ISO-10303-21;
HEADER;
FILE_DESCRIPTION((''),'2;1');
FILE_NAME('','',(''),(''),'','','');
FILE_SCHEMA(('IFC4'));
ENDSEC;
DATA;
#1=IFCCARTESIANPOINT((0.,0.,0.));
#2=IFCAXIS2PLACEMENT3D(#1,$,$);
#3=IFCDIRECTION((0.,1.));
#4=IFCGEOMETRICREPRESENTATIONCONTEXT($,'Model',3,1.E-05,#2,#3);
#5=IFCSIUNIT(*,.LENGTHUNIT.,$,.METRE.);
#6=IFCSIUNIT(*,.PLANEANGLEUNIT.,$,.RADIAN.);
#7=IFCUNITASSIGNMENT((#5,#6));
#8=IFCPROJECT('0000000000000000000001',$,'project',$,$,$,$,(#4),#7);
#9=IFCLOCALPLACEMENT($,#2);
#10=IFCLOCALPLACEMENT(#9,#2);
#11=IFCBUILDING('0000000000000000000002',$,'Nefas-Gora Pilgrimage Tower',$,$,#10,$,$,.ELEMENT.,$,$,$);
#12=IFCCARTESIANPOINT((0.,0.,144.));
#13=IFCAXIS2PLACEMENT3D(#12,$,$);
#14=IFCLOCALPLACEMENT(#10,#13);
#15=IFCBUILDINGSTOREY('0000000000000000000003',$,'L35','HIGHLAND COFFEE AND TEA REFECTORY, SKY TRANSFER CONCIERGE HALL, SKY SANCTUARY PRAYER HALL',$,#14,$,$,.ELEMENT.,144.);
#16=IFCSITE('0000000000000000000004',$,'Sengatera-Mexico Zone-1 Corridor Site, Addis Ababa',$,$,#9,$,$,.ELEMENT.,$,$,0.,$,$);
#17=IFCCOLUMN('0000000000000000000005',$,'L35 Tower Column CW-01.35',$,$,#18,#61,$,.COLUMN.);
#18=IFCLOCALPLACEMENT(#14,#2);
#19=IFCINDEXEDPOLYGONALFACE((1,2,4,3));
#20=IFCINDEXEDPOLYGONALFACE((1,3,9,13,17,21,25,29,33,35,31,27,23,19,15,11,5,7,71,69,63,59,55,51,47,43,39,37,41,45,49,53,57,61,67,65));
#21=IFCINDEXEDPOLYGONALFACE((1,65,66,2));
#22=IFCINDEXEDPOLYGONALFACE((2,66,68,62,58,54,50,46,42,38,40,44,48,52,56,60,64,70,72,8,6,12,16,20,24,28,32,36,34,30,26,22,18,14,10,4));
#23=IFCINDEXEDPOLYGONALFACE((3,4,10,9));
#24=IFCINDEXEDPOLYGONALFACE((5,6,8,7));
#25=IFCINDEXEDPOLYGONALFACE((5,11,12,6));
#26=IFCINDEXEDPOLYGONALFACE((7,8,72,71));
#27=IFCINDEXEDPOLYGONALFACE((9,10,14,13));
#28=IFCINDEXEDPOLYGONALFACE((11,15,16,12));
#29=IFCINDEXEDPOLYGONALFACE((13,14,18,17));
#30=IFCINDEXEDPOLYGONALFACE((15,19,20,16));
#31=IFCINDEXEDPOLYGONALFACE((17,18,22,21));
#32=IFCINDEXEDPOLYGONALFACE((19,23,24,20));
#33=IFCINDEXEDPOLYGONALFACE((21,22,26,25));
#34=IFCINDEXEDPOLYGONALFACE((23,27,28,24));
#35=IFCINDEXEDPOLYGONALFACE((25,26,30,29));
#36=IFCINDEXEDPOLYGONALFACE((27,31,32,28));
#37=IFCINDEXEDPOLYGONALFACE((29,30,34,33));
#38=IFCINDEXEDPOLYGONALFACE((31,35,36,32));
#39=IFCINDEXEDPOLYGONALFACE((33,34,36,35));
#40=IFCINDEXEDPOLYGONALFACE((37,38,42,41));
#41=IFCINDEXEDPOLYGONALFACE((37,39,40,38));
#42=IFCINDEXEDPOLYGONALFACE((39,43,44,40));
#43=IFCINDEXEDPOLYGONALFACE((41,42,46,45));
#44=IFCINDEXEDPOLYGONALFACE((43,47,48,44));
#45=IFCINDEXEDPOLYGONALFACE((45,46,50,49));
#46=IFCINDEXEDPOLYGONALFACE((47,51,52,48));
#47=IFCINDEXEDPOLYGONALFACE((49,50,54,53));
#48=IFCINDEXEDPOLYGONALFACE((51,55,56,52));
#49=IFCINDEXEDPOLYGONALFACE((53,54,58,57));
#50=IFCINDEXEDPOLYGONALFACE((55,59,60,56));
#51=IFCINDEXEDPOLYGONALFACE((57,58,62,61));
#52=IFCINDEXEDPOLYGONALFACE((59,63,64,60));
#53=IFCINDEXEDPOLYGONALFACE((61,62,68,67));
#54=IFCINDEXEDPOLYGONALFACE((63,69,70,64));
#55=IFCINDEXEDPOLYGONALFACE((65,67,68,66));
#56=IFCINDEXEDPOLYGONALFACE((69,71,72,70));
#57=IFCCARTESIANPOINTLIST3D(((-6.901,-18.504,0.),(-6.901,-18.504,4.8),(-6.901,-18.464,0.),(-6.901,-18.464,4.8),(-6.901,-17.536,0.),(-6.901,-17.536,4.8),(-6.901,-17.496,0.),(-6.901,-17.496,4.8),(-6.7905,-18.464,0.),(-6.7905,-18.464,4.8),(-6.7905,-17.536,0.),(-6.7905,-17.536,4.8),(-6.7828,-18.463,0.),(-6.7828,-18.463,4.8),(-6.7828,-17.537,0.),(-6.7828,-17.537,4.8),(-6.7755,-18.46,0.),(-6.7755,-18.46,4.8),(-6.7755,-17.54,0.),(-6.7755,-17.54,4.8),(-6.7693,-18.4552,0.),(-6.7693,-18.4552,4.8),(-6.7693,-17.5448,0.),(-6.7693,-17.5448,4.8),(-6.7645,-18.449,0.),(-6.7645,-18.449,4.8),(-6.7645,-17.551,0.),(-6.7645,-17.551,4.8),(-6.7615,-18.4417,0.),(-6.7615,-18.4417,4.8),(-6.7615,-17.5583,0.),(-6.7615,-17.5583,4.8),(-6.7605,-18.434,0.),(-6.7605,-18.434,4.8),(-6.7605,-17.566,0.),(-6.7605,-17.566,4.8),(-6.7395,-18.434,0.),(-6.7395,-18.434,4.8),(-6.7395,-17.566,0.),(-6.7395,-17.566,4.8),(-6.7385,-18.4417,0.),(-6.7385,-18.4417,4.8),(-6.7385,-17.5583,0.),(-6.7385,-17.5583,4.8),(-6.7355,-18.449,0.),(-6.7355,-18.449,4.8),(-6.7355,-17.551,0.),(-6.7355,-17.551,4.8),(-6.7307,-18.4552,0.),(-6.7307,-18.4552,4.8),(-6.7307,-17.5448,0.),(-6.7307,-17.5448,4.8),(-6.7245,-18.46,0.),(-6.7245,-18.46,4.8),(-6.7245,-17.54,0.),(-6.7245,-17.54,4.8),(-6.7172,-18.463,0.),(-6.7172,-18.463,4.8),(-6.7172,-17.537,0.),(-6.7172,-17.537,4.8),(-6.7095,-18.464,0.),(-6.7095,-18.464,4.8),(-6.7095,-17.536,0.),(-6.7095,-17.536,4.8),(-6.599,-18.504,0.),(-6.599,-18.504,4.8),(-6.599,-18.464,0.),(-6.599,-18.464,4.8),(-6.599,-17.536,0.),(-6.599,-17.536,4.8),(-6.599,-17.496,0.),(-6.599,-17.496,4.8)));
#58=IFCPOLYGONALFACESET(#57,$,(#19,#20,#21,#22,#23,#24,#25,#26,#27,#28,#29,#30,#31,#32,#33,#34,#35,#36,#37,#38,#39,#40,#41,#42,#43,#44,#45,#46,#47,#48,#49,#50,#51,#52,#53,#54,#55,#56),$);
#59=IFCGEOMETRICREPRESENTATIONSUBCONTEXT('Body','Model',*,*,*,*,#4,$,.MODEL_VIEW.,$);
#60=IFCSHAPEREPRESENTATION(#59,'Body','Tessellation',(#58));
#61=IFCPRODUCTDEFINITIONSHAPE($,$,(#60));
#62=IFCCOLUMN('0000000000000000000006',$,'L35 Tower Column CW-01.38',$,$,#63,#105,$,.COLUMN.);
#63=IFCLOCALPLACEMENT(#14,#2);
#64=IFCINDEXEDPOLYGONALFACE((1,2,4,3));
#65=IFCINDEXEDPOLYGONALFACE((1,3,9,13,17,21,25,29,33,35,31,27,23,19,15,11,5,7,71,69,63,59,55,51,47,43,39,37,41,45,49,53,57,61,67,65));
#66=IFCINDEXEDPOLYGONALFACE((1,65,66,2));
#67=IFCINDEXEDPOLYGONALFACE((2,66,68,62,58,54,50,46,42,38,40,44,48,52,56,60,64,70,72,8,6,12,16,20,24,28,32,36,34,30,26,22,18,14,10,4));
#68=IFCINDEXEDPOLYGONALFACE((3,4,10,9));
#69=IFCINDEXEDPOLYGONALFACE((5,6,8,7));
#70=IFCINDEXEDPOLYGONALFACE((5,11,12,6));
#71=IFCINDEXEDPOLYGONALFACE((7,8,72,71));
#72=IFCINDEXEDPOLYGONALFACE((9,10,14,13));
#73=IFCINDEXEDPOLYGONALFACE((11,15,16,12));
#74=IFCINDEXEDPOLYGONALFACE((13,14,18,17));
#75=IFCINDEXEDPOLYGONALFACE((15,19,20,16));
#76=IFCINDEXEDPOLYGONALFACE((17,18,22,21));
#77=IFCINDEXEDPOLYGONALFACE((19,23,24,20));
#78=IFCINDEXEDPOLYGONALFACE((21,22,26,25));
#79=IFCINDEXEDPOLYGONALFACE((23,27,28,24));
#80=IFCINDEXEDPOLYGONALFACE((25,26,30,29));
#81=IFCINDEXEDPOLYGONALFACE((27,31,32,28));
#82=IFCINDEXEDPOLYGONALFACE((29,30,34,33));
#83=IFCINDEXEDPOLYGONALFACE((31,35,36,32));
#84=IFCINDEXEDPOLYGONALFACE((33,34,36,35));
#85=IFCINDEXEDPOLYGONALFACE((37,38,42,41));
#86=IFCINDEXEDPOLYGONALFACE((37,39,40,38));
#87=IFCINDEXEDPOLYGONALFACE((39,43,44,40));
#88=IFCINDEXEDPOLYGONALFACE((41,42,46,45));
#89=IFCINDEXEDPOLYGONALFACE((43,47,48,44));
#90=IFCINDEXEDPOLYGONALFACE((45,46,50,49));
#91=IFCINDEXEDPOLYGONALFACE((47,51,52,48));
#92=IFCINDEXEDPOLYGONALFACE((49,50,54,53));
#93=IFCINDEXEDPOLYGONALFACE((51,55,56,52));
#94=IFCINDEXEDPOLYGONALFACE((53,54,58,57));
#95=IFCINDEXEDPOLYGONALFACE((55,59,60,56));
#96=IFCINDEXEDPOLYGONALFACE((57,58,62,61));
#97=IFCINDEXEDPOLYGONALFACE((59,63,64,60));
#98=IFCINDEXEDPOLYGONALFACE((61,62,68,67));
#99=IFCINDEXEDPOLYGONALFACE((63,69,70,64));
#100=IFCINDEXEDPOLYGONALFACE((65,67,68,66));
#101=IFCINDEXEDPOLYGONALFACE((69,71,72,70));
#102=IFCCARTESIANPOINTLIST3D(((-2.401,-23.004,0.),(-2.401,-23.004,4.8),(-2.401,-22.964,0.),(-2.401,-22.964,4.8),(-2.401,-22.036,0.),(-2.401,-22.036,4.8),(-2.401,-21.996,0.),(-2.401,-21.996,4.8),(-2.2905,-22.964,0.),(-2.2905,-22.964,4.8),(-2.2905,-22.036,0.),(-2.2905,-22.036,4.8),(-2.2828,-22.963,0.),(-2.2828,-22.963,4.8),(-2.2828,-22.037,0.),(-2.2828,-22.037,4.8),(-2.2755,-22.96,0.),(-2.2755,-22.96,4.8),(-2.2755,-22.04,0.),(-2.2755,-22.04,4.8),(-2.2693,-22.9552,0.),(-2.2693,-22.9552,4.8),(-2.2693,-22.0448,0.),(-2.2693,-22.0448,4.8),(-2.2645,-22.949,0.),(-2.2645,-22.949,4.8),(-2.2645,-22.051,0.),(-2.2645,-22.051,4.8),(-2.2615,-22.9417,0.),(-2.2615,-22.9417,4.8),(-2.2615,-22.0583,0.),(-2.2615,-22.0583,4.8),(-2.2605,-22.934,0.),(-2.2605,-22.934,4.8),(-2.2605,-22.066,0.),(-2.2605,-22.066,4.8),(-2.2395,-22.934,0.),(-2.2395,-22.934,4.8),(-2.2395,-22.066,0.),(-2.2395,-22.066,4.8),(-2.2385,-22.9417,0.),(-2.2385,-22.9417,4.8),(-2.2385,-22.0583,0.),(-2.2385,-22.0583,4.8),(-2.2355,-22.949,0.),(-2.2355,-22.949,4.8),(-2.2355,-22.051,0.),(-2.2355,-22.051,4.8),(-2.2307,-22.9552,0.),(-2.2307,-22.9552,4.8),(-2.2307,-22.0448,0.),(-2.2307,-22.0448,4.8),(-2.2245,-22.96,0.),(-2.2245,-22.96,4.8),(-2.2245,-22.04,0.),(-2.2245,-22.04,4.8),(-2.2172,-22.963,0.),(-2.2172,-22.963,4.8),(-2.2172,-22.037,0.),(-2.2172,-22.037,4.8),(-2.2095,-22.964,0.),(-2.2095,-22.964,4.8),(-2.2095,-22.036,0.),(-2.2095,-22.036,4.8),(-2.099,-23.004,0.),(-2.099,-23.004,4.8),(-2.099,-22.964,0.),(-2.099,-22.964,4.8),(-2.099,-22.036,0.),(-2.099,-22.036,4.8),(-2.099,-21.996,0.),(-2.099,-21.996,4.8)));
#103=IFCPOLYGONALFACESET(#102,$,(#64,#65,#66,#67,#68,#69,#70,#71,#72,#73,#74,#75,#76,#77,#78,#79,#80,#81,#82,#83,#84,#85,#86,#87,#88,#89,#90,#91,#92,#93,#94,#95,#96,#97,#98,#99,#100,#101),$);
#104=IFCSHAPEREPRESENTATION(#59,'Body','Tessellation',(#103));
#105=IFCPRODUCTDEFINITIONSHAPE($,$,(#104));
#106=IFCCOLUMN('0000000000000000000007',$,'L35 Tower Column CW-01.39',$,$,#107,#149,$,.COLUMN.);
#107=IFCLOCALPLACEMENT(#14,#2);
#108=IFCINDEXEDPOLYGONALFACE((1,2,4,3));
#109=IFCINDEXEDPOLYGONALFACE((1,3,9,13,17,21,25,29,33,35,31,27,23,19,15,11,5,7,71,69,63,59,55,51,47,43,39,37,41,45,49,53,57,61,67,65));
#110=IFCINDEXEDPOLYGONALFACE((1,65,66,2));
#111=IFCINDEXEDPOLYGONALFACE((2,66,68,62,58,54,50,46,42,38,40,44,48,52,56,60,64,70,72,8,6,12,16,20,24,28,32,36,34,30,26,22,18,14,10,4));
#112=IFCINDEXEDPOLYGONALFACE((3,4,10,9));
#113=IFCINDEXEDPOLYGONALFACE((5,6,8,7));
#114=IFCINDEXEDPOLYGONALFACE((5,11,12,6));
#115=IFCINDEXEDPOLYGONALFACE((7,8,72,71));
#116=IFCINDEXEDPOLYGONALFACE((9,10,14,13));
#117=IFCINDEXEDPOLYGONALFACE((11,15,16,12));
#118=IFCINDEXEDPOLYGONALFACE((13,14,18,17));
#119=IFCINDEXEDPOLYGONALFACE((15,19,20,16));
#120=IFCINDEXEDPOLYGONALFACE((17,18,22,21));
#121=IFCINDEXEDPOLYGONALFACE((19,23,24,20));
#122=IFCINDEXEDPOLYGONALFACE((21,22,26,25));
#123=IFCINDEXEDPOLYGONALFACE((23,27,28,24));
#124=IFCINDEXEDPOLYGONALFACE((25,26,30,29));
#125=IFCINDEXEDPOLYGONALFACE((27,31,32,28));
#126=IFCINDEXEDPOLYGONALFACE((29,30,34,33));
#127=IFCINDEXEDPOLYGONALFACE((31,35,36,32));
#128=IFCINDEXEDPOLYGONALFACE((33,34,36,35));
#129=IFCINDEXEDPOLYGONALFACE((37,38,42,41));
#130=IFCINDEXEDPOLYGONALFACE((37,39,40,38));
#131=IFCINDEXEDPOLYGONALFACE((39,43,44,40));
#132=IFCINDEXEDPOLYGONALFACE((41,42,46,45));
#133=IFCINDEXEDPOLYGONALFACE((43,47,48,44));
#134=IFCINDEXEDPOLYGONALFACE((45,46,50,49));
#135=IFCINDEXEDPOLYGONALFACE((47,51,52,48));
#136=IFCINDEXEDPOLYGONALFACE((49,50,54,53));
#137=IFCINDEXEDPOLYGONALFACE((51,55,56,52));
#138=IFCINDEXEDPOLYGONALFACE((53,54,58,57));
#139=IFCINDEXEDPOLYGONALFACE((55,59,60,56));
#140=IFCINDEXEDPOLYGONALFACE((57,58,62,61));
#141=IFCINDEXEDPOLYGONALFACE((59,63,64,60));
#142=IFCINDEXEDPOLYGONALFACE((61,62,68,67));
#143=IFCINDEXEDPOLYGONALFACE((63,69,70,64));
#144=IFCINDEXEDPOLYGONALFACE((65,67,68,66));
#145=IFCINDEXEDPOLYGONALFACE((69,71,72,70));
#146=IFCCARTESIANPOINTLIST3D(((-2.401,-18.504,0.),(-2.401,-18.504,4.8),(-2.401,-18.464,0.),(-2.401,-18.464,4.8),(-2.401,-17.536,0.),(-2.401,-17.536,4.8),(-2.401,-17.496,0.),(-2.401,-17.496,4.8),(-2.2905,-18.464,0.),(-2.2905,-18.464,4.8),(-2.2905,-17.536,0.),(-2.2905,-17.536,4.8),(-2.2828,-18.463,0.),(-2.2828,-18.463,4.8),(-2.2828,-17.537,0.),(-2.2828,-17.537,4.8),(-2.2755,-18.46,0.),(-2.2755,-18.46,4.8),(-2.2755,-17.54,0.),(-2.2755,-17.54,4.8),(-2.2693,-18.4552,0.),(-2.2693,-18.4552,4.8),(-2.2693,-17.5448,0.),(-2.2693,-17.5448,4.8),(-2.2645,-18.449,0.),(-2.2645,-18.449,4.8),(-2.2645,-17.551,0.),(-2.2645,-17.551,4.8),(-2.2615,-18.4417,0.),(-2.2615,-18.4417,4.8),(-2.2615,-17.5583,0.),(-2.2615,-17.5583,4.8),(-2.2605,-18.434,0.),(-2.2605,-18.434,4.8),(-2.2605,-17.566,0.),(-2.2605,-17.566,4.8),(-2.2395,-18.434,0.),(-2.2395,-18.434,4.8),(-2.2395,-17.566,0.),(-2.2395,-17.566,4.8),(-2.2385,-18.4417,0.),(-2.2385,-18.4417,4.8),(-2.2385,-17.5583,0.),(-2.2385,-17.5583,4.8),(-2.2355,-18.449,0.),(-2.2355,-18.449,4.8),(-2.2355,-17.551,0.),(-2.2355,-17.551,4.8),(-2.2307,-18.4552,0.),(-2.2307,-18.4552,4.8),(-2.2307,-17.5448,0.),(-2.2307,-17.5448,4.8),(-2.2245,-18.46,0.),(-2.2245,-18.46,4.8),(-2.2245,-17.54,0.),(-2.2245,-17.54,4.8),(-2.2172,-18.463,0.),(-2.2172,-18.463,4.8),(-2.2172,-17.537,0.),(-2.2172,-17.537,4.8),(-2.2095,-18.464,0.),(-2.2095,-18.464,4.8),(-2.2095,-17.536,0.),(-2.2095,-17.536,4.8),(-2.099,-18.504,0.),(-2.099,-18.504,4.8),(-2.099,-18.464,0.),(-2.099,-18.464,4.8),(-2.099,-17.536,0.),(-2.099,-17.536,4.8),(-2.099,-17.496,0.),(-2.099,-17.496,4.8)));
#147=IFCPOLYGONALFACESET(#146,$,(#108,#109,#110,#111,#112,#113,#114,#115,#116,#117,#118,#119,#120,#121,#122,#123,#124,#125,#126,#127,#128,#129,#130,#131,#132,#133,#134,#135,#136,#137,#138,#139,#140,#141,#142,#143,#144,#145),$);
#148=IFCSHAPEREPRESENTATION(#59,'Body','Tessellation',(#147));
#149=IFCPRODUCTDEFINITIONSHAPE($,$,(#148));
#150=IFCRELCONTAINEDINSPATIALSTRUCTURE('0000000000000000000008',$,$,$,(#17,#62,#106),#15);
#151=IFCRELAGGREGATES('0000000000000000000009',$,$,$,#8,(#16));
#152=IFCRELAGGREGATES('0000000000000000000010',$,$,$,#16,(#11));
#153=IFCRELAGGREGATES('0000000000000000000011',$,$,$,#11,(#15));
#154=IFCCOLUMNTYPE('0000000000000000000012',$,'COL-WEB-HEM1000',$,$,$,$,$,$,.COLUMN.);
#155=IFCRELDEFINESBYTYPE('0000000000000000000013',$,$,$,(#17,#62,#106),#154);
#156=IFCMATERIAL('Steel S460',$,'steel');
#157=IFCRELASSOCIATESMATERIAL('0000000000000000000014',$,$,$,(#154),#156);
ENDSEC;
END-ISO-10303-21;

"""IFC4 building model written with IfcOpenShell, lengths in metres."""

from ifc_helpers import new_model, si_unit, direction, frame, origin, origin_2d, place, context, subcontext, project, spatial, i_section, extrude, source, transform, mapped, material, material_profile, profile_set, type_object, element, save


model = new_model("IFC4")

# Units and contexts
model_context = context("Model", 3, precision=1e-05, world=origin(), true_north=direction((0.0, 1.0)))
body_context = subcontext(model_context, "Body", "Model", "MODEL_VIEW")
ifc_project = project(units=[si_unit("LENGTHUNIT", "METRE"), si_unit("PLANEANGLEUNIT", "RADIAN")], contexts=[model_context])

# Site, building, storey
site_placement = place(None, origin())
site = spatial("IfcSite", under=ifc_project, at=site_placement, Name="Sengatera-Mexico Zone-1 Corridor Site, Addis Ababa", CompositionType="ELEMENT", RefElevation=0.0)
building_placement = place(site_placement, origin())
building = spatial("IfcBuilding", under=site, at=building_placement, Name="Nefas-Gora Pilgrimage Tower", CompositionType="ELEMENT")
storey_placement = place(building_placement, frame((0.0, 0.0, 144.0)))
storey = spatial("IfcBuildingStorey", under=building, at=storey_placement, Name="L35", Description="HIGHLAND COFFEE AND TEA REFECTORY, SKY TRANSFER CONCIERGE HALL, SKY SANCTUARY PRAYER HALL", CompositionType="ELEMENT", Elevation=144.0)

# Columns
ifc_material_1 = material(Name="Steel S460", Category="steel")
ifc_material_profile_1 = material_profile(ifc_material_1, i_section(OverallWidth=0.302, OverallDepth=1.0081, WebThickness=0.021, FlangeThickness=0.04, FilletRadius=0.03, at=origin_2d()), Name="HEM 1000")
ifc_profile_set_1 = profile_set([ifc_material_profile_1], Name="Steel S460")
column_type_1 = type_object("IfcColumnType", Name="COL-WEB-HEM1000", PredefinedType="COLUMN", material=ifc_profile_set_1)
shared_shape_1 = source(origin(), body_context, "Body", "SweptSolid", [
    extrude(i_section(OverallWidth=0.302, OverallDepth=1.0081, WebThickness=0.021, FlangeThickness=0.04, FilletRadius=0.03, at=origin_2d()), origin(), (0.0, 0.0, 1.0), 4.8),
])
for number, where, z_axis, x_axis, name in (
    (1, (-6.75, -18.0, 0.0), (0.0, 0.0, 1.0), (1.0, 0.0, 0.0), "L35 Tower Column CW-01.35"),
    (2, (-2.25, -22.5, 0.0), (0.0, 0.0, 1.0), (1.0, 0.0, 0.0), "L35 Tower Column CW-01.38"),
    (3, (-2.25, -18.0, 0.0), (0.0, 0.0, 1.0), (1.0, 0.0, 0.0), "L35 Tower Column CW-01.39"),
):
    element("IfcColumn", number, at=place(storey_placement, frame(where, z_axis=z_axis, x_axis=x_axis)), inside=storey, type_object=column_type_1, Name=name, PredefinedType="COLUMN", context=body_context, shape_type="MappedRepresentation", body=[
        mapped(shared_shape_1, transform((0.0, 0.0, 0.0), x_axis=(1.0, 0.0, 0.0), y_axis=(0.0, 1.0, 0.0), z_axis=(0.0, 0.0, 1.0), scale=1.0)),
    ])

save(model, "model.ifc")
